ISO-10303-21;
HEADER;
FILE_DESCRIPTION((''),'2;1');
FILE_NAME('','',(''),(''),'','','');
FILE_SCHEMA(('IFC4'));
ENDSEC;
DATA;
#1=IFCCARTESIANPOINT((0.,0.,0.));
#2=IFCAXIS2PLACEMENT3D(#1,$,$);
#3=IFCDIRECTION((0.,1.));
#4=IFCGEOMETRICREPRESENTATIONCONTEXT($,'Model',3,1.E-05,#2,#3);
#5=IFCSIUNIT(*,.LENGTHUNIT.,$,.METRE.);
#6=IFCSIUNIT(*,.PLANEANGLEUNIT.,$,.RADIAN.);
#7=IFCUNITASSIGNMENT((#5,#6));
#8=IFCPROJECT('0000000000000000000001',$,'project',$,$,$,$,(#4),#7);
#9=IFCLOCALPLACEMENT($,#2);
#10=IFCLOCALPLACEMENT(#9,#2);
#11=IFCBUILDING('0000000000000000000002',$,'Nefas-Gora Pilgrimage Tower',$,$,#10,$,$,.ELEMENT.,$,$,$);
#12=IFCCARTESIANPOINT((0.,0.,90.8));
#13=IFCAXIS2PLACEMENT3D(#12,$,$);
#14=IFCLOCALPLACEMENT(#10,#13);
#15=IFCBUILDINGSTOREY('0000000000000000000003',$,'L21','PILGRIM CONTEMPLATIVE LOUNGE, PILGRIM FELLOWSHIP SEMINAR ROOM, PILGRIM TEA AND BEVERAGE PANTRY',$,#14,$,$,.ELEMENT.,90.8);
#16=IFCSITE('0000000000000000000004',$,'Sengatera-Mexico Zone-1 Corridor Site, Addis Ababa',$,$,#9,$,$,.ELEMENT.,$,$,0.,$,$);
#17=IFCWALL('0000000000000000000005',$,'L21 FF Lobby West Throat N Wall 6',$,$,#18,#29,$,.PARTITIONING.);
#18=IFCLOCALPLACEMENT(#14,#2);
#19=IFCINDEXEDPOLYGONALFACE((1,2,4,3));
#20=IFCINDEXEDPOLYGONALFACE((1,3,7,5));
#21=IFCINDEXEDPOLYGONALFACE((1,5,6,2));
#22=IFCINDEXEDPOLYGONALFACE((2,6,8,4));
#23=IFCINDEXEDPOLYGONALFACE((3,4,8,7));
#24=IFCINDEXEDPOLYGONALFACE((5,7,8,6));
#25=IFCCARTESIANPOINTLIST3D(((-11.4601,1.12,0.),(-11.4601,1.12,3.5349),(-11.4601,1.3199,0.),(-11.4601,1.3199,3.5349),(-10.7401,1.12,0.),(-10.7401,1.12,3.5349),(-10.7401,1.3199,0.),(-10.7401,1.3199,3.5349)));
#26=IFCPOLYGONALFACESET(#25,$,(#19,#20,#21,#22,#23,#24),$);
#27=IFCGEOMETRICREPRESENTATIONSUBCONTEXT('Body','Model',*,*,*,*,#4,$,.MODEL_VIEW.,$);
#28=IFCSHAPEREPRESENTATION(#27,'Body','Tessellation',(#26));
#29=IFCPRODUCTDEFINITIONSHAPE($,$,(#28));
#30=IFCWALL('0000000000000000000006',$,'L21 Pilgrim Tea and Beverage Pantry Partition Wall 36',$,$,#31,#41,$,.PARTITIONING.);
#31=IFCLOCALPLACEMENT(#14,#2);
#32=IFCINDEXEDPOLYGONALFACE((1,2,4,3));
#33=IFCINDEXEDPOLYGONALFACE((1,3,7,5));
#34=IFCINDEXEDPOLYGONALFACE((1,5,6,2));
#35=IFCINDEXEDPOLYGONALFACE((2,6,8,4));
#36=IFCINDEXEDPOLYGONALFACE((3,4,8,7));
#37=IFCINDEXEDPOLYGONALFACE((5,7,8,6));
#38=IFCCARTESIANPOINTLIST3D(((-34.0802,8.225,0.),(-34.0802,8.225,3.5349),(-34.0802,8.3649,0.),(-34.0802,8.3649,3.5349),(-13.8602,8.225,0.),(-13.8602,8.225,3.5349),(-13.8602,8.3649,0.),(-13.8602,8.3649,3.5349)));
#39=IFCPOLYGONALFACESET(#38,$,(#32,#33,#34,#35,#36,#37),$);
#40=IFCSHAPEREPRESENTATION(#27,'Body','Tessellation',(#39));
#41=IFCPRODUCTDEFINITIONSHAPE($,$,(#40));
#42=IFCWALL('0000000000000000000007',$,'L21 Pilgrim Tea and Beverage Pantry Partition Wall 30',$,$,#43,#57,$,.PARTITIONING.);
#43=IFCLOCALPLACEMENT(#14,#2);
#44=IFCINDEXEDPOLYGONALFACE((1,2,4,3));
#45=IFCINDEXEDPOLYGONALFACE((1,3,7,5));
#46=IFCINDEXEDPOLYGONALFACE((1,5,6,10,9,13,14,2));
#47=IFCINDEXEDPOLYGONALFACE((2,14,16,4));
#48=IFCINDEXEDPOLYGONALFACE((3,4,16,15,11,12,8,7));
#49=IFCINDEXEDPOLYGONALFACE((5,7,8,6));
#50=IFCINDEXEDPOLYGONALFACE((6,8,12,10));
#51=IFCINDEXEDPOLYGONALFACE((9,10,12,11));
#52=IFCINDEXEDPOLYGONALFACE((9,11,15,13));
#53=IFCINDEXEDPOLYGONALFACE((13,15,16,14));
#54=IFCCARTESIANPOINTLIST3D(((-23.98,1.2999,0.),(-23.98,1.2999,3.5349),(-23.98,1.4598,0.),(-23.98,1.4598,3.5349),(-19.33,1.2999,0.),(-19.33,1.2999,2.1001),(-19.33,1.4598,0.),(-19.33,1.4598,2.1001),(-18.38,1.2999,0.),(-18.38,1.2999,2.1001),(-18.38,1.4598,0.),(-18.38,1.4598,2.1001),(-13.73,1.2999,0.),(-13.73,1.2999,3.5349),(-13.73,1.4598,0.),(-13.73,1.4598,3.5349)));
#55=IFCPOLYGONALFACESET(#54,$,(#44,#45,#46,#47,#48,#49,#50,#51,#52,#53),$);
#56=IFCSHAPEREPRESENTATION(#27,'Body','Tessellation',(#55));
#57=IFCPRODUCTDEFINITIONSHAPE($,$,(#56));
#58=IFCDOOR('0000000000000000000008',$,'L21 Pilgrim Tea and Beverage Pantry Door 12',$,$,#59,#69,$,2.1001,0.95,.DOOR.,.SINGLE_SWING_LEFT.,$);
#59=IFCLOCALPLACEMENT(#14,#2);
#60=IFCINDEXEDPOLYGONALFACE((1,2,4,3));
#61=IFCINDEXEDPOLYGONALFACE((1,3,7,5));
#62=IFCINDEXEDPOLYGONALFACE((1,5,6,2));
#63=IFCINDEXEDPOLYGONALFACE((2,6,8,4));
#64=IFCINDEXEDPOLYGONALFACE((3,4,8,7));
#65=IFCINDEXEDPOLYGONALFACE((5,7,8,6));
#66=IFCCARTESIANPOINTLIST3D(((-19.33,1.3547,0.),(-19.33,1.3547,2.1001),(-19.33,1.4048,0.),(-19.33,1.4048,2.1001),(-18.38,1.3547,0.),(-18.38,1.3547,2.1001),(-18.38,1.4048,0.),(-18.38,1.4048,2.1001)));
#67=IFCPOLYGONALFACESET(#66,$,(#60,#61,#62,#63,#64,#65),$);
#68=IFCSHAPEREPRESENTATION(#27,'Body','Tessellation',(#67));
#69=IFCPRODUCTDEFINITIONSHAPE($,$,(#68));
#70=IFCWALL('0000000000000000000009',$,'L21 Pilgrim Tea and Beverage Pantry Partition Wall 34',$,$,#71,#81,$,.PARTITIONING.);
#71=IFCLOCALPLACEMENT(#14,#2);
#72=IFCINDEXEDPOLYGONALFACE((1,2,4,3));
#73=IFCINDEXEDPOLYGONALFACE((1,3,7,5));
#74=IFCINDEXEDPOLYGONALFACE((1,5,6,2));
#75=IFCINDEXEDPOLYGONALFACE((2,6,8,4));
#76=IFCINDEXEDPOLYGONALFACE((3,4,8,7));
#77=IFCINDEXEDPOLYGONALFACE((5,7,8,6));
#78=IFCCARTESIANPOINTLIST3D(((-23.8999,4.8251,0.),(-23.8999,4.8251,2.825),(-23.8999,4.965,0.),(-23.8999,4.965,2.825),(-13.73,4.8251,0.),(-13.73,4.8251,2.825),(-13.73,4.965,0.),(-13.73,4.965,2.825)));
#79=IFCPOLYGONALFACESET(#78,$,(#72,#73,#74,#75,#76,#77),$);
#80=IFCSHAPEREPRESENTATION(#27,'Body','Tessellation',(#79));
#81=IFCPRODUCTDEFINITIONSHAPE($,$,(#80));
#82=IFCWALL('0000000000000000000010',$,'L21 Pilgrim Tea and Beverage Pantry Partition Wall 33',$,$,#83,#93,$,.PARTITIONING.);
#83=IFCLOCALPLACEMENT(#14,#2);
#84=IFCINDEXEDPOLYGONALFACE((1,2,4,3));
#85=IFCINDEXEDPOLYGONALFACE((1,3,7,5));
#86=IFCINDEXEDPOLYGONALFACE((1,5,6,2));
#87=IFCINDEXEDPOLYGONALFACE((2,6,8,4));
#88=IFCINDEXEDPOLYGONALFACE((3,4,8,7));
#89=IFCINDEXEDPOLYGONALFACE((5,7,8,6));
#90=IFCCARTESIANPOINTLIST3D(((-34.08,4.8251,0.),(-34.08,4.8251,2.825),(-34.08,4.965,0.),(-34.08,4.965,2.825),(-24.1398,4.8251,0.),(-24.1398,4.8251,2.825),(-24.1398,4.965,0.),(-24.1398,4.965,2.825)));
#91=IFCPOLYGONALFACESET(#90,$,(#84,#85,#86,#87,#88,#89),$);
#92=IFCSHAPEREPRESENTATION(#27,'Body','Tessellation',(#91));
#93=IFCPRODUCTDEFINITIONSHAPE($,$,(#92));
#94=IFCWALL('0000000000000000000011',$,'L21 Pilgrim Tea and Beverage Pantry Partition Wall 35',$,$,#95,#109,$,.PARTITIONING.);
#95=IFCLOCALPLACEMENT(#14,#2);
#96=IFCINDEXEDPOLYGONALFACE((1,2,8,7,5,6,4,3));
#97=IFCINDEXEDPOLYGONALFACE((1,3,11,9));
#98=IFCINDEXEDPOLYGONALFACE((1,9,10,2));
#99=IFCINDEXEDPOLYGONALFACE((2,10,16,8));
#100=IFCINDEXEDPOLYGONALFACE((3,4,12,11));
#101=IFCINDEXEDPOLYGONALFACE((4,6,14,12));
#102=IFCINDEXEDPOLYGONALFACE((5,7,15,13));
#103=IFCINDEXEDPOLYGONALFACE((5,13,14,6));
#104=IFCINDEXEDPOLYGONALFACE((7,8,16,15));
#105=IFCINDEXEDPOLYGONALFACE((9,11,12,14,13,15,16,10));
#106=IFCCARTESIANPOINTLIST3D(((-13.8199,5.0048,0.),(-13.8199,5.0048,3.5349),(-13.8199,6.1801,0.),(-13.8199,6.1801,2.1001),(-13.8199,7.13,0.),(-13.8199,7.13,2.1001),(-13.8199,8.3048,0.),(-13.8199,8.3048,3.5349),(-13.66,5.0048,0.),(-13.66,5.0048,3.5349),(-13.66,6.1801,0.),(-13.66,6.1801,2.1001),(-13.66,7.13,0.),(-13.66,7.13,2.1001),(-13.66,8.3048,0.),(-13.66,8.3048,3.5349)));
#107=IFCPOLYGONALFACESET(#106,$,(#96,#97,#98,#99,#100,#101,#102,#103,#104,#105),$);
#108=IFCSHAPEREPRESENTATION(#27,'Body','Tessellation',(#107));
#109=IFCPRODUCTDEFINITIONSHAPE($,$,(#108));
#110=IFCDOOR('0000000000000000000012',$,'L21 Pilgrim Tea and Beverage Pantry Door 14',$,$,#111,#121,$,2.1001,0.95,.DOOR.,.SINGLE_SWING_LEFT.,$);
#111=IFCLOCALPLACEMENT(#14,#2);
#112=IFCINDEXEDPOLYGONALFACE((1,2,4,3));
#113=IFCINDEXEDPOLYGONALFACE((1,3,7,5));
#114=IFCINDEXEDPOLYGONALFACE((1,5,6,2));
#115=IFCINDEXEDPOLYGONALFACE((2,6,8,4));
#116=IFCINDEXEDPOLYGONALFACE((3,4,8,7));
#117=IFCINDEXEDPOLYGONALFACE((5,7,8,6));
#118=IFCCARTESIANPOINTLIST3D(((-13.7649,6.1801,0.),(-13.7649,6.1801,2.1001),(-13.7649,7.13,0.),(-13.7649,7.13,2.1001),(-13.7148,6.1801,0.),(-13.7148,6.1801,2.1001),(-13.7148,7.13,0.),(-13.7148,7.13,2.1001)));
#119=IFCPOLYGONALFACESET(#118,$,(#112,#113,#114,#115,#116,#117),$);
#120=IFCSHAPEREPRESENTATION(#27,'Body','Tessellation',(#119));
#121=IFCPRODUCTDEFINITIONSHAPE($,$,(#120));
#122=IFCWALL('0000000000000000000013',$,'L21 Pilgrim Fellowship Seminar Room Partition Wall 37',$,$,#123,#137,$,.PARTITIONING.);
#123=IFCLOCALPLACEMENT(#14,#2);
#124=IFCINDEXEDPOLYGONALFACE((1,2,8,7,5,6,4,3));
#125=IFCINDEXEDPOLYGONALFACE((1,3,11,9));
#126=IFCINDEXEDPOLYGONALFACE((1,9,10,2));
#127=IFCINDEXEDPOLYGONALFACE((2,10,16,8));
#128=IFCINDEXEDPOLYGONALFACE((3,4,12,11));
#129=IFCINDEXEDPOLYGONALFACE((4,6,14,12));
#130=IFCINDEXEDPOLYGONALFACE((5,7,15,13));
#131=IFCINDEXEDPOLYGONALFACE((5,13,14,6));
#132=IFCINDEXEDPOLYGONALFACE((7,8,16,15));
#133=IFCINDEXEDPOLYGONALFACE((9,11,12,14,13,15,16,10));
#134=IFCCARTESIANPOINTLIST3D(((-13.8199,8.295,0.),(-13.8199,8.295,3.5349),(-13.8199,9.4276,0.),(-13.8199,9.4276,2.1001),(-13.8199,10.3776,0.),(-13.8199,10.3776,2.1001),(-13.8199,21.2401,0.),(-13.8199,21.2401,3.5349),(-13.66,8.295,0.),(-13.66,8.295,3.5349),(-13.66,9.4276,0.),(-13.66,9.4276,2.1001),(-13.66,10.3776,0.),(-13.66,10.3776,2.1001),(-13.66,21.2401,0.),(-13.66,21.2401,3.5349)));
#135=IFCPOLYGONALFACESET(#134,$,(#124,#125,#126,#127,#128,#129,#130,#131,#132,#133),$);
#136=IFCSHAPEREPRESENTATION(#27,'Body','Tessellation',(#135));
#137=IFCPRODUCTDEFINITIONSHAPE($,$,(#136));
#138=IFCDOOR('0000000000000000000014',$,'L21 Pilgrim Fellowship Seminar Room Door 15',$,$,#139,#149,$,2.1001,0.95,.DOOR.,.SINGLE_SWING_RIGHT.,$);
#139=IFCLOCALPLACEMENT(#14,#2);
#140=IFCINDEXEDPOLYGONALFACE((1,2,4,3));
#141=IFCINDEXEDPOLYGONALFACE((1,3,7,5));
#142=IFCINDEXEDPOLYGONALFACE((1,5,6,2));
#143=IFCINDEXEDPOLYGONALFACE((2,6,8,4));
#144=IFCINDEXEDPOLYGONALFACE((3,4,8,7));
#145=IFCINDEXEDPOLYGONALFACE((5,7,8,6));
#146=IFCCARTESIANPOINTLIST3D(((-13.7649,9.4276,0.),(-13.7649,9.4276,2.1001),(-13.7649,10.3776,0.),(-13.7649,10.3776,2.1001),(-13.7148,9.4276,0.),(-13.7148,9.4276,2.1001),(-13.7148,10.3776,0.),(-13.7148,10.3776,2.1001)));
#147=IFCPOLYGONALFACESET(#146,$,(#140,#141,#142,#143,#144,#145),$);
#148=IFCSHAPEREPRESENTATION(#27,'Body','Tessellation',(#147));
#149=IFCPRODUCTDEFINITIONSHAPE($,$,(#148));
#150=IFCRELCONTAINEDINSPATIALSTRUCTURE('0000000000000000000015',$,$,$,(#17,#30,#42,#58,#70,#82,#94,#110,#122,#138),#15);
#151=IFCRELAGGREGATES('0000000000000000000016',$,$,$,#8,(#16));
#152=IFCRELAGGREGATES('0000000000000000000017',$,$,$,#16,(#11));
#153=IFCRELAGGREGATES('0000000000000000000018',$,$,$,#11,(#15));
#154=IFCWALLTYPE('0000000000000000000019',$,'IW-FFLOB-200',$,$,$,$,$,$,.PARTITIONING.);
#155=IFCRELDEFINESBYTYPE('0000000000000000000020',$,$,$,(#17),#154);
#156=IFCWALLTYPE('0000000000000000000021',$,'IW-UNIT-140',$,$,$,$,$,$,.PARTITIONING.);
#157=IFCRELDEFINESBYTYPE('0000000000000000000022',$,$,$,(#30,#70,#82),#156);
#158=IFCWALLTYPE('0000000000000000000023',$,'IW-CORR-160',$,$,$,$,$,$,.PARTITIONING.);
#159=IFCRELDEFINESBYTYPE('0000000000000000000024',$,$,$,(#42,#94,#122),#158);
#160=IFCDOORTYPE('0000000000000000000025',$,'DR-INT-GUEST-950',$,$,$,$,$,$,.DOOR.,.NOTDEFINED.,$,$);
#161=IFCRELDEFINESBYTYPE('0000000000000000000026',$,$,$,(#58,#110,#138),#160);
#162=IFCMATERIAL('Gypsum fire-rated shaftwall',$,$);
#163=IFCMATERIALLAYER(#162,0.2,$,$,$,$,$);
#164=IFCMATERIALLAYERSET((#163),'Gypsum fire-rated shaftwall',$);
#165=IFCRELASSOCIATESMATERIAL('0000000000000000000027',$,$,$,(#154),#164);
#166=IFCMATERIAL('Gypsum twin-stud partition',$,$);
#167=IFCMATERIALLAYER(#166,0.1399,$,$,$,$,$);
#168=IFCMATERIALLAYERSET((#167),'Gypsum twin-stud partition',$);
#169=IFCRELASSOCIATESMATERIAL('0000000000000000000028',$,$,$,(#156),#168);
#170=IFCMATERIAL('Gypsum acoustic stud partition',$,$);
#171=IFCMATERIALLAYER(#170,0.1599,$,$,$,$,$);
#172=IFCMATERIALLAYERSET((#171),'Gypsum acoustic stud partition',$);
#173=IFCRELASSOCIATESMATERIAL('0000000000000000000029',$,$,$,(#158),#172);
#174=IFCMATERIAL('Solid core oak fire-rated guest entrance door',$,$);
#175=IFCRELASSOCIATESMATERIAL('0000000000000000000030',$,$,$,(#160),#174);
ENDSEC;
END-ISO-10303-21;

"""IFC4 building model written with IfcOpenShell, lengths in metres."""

from ifc_helpers import new_model, si_unit, direction, frame, frame_2d, origin, place, context, subcontext, project, spatial, rectangle, extrude, source, transform, mapped, material, layer, layer_set, type_object, element, fill, save


model = new_model("IFC4")

# Units and contexts
model_context = context("Model", 3, precision=1e-05, world=origin(), true_north=direction((0.0, 1.0)))
body_context = subcontext(model_context, "Body", "Model", "MODEL_VIEW")
ifc_project = project(units=[si_unit("LENGTHUNIT", "METRE"), si_unit("PLANEANGLEUNIT", "RADIAN")], contexts=[model_context])

# Site, building, storey
site_placement = place(None, origin())
site = spatial("IfcSite", under=ifc_project, at=site_placement, Name="Sengatera-Mexico Zone-1 Corridor Site, Addis Ababa", CompositionType="ELEMENT", RefElevation=0.0)
building_placement = place(site_placement, origin())
building = spatial("IfcBuilding", under=site, at=building_placement, Name="Nefas-Gora Pilgrimage Tower", CompositionType="ELEMENT")
storey_placement = place(building_placement, frame((0.0, 0.0, 90.8)))
storey = spatial("IfcBuildingStorey", under=building, at=storey_placement, Name="L21", Description="PILGRIM CONTEMPLATIVE LOUNGE, PILGRIM FELLOWSHIP SEMINAR ROOM, PILGRIM TEA AND BEVERAGE PANTRY", CompositionType="ELEMENT", Elevation=90.8)

# Walls
ifc_material_1 = material(Name="Gypsum fire-rated shaftwall")
ifc_layer_1 = layer(ifc_material_1, 0.2)
ifc_layer_set_1 = layer_set([ifc_layer_1], Name="Gypsum fire-rated shaftwall")
wall_type_1 = type_object("IfcWallType", Name="IW-FFLOB-200", PredefinedType="PARTITIONING", material=ifc_layer_set_1)
shared_shape_1 = source(origin(), body_context, "Body", "SweptSolid", [
    extrude(rectangle(XDim=0.72, YDim=0.2, at=frame_2d((0.3599, 0.0))), origin(), (0.0, 0.0, 1.0), 3.5349),
])
wall_1_placement = place(storey_placement, frame((-11.46, 1.22, 0.0), z_axis=(0.0, 0.0, 1.0), x_axis=(1.0, 0.0, 0.0)))
element("IfcWall", 1, at=wall_1_placement, inside=storey, type_object=wall_type_1, Name="L21 FF Lobby West Throat N Wall 6", PredefinedType="PARTITIONING", context=body_context, shape_type="MappedRepresentation", body=[
    mapped(shared_shape_1, transform((0.0, 0.0, 0.0), x_axis=(1.0, 0.0, 0.0), y_axis=(0.0, 1.0, 0.0), z_axis=(0.0, 0.0, 1.0), scale=1.0)),
])
ifc_material_2 = material(Name="Gypsum twin-stud partition")
ifc_layer_2 = layer(ifc_material_2, 0.1399)
ifc_layer_set_2 = layer_set([ifc_layer_2], Name="Gypsum twin-stud partition")
wall_type_2 = type_object("IfcWallType", Name="IW-UNIT-140", PredefinedType="PARTITIONING", material=ifc_layer_set_2)
shared_shape_2 = source(origin(), body_context, "Body", "SweptSolid", [
    extrude(rectangle(XDim=20.22, YDim=0.1399, at=frame_2d((10.1099, 0.0))), origin(), (0.0, 0.0, 1.0), 3.5349),
])
wall_2_placement = place(storey_placement, frame((-34.0801, 8.2949, 0.0), z_axis=(0.0, 0.0, 1.0), x_axis=(1.0, 0.0, 0.0)))
element("IfcWall", 2, at=wall_2_placement, inside=storey, type_object=wall_type_2, Name="L21 Pilgrim Tea and Beverage Pantry Partition Wall 36", PredefinedType="PARTITIONING", context=body_context, shape_type="MappedRepresentation", body=[
    mapped(shared_shape_2, transform((0.0, 0.0, 0.0), x_axis=(1.0, 0.0, 0.0), y_axis=(0.0, 1.0, 0.0), z_axis=(0.0, 0.0, 1.0), scale=1.0)),
])

# Wall, opening, door
ifc_material_3 = material(Name="Gypsum acoustic stud partition")
ifc_layer_3 = layer(ifc_material_3, 0.1599)
ifc_layer_set_3 = layer_set([ifc_layer_3], Name="Gypsum acoustic stud partition")
wall_type_3 = type_object("IfcWallType", Name="IW-CORR-160", PredefinedType="PARTITIONING", material=ifc_layer_set_3)
shared_shape_3 = source(origin(), body_context, "Body", "SweptSolid", [
    extrude(rectangle(XDim=10.25, YDim=0.1599, at=frame_2d((5.125, 0.0))), origin(), (0.0, 0.0, 1.0), 3.5349),
])
wall_3_placement = place(storey_placement, frame((-23.98, 1.3799, 0.0), z_axis=(0.0, 0.0, 1.0), x_axis=(1.0, 0.0, 0.0)))
wall_3 = element("IfcWall", 3, at=wall_3_placement, inside=storey, type_object=wall_type_3, Name="L21 Pilgrim Tea and Beverage Pantry Partition Wall 30", PredefinedType="PARTITIONING", context=body_context, shape_type="MappedRepresentation", body=[
    mapped(shared_shape_3, transform((0.0, 0.0, 0.0), x_axis=(1.0, 0.0, 0.0), y_axis=(0.0, 1.0, 0.0), z_axis=(0.0, 0.0, 1.0), scale=1.0)),
])
opening_1_placement = place(wall_3_placement, frame((4.6499, 0.0, 0.0)))
opening_1 = element("IfcOpeningElement", 4, at=opening_1_placement, cuts=wall_3, PredefinedType="OPENING", context=body_context, shape_type="SweptSolid", body=[
    extrude(rectangle(XDim=0.95, YDim=2.1001, at=frame_2d((0.4751, 1.05))), frame((0.0, 0.0898, 0.0), z_axis=(0.0, -1.0, 0.0), x_axis=(1.0, 0.0, 0.0)), (0.0, 0.0, 1.0), 0.1799),
])
ifc_material_4 = material(Name="Solid core oak fire-rated guest entrance door")
door_type = type_object("IfcDoorType", Name="DR-INT-GUEST-950", OperationType="NOTDEFINED", PredefinedType="DOOR", material=ifc_material_4)
shared_shape_4 = source(origin(), body_context, "Body", "SweptSolid", [
    extrude(rectangle(XDim=0.95, YDim=2.1001, at=frame_2d((0.4751, 1.05))), frame((0.0, 0.0249, 0.0), z_axis=(0.0, -1.0, 0.0), x_axis=(1.0, 0.0, 0.0)), (0.0, 0.0, 1.0), 0.05),
])
door_1_placement = place(opening_1_placement, origin())
door_1 = element("IfcDoor", 5, at=door_1_placement, inside=storey, type_object=door_type, Name="L21 Pilgrim Tea and Beverage Pantry Door 12", OperationType="SINGLE_SWING_LEFT", OverallHeight=2.1001, OverallWidth=0.95, PredefinedType="DOOR", context=body_context, shape_type="MappedRepresentation", body=[
    mapped(shared_shape_4, transform((0.0, 0.0, 0.0), x_axis=(1.0, 0.0, 0.0), y_axis=(0.0, 1.0, 0.0), z_axis=(0.0, 0.0, 1.0), scale=1.0)),
])
fill(opening_1, door_1)

# Walls
shared_shape_5 = source(origin(), body_context, "Body", "SweptSolid", [
    extrude(rectangle(XDim=10.1699, YDim=0.1399, at=frame_2d((5.085, 0.0))), origin(), (0.0, 0.0, 1.0), 2.825),
])
wall_4_placement = place(storey_placement, frame((-23.8999, 4.895, 0.0), z_axis=(0.0, 0.0, 1.0), x_axis=(1.0, 0.0, 0.0)))
element("IfcWall", 6, at=wall_4_placement, inside=storey, type_object=wall_type_2, Name="L21 Pilgrim Tea and Beverage Pantry Partition Wall 34", PredefinedType="PARTITIONING", context=body_context, shape_type="MappedRepresentation", body=[
    mapped(shared_shape_5, transform((0.0, 0.0, 0.0), x_axis=(1.0, 0.0, 0.0), y_axis=(0.0, 1.0, 0.0), z_axis=(0.0, 0.0, 1.0), scale=1.0)),
])
shared_shape_6 = source(origin(), body_context, "Body", "SweptSolid", [
    extrude(rectangle(XDim=9.9402, YDim=0.1399, at=frame_2d((4.9702, 0.0))), origin(), (0.0, 0.0, 1.0), 2.825),
])
wall_5_placement = place(storey_placement, frame((-34.0801, 4.895, 0.0), z_axis=(0.0, 0.0, 1.0), x_axis=(1.0, 0.0, 0.0)))
element("IfcWall", 7, at=wall_5_placement, inside=storey, type_object=wall_type_2, Name="L21 Pilgrim Tea and Beverage Pantry Partition Wall 33", PredefinedType="PARTITIONING", context=body_context, shape_type="MappedRepresentation", body=[
    mapped(shared_shape_6, transform((0.0, 0.0, 0.0), x_axis=(1.0, 0.0, 0.0), y_axis=(0.0, 1.0, 0.0), z_axis=(0.0, 0.0, 1.0), scale=1.0)),
])

# Walls, openings, doors
shared_shape_7 = source(origin(), body_context, "Body", "SweptSolid", [
    extrude(rectangle(XDim=3.3, YDim=0.1599, at=frame_2d((1.6499, 0.0))), origin(), (0.0, 0.0, 1.0), 3.5349),
])
wall_6_placement = place(storey_placement, frame((-13.74, 5.0049, 0.0), z_axis=(0.0, 0.0, 1.0), x_axis=(0.0, 1.0, 0.0)))
wall_6 = element("IfcWall", 8, at=wall_6_placement, inside=storey, type_object=wall_type_3, Name="L21 Pilgrim Tea and Beverage Pantry Partition Wall 35", PredefinedType="PARTITIONING", context=body_context, shape_type="MappedRepresentation", body=[
    mapped(shared_shape_7, transform((0.0, 0.0, 0.0), x_axis=(1.0, 0.0, 0.0), y_axis=(0.0, 1.0, 0.0), z_axis=(0.0, 0.0, 1.0), scale=1.0)),
])
opening_2_placement = place(wall_6_placement, frame((1.175, 0.0, 0.0)))
opening_2 = element("IfcOpeningElement", 9, at=opening_2_placement, cuts=wall_6, PredefinedType="OPENING", context=body_context, shape_type="SweptSolid", body=[
    extrude(rectangle(XDim=0.95, YDim=2.1001, at=frame_2d((0.4751, 1.05))), frame((0.0, 0.0898, 0.0), z_axis=(0.0, -1.0, 0.0), x_axis=(1.0, 0.0, 0.0)), (0.0, 0.0, 1.0), 0.1799),
])
door_2_placement = place(opening_2_placement, origin())
door_2 = element("IfcDoor", 10, at=door_2_placement, inside=storey, type_object=door_type, Name="L21 Pilgrim Tea and Beverage Pantry Door 14", OperationType="SINGLE_SWING_LEFT", OverallHeight=2.1001, OverallWidth=0.95, PredefinedType="DOOR", context=body_context, shape_type="MappedRepresentation", body=[
    mapped(shared_shape_4, transform((0.0, 0.0, 0.0), x_axis=(1.0, 0.0, 0.0), y_axis=(0.0, 1.0, 0.0), z_axis=(0.0, 0.0, 1.0), scale=1.0)),
])
fill(opening_2, door_2)
shared_shape_8 = source(origin(), body_context, "Body", "SweptSolid", [
    extrude(rectangle(XDim=12.9451, YDim=0.1599, at=frame_2d((6.4727, 0.0))), origin(), (0.0, 0.0, 1.0), 3.5349),
])
wall_7_placement = place(storey_placement, frame((-13.74, 8.2949, 0.0), z_axis=(0.0, 0.0, 1.0), x_axis=(0.0, 1.0, 0.0)))
wall_7 = element("IfcWall", 11, at=wall_7_placement, inside=storey, type_object=wall_type_3, Name="L21 Pilgrim Fellowship Seminar Room Partition Wall 37", PredefinedType="PARTITIONING", context=body_context, shape_type="MappedRepresentation", body=[
    mapped(shared_shape_8, transform((0.0, 0.0, 0.0), x_axis=(1.0, 0.0, 0.0), y_axis=(0.0, 1.0, 0.0), z_axis=(0.0, 0.0, 1.0), scale=1.0)),
])
opening_3_placement = place(wall_7_placement, frame((1.1326, 0.0, 0.0)))
opening_3 = element("IfcOpeningElement", 12, at=opening_3_placement, cuts=wall_7, PredefinedType="OPENING", context=body_context, shape_type="SweptSolid", body=[
    extrude(rectangle(XDim=0.95, YDim=2.1001, at=frame_2d((0.4751, 1.05))), frame((0.0, 0.0898, 0.0), z_axis=(0.0, -1.0, 0.0), x_axis=(1.0, 0.0, 0.0)), (0.0, 0.0, 1.0), 0.1799),
])
door_3_placement = place(opening_3_placement, origin())
door_3 = element("IfcDoor", 13, at=door_3_placement, inside=storey, type_object=door_type, Name="L21 Pilgrim Fellowship Seminar Room Door 15", OperationType="SINGLE_SWING_RIGHT", OverallHeight=2.1001, OverallWidth=0.95, PredefinedType="DOOR", context=body_context, shape_type="MappedRepresentation", body=[
    mapped(shared_shape_4, transform((0.0, 0.0, 0.0), x_axis=(1.0, 0.0, 0.0), y_axis=(0.0, 1.0, 0.0), z_axis=(0.0, 0.0, 1.0), scale=1.0)),
])
fill(opening_3, door_3)

save(model, "model.ifc")
